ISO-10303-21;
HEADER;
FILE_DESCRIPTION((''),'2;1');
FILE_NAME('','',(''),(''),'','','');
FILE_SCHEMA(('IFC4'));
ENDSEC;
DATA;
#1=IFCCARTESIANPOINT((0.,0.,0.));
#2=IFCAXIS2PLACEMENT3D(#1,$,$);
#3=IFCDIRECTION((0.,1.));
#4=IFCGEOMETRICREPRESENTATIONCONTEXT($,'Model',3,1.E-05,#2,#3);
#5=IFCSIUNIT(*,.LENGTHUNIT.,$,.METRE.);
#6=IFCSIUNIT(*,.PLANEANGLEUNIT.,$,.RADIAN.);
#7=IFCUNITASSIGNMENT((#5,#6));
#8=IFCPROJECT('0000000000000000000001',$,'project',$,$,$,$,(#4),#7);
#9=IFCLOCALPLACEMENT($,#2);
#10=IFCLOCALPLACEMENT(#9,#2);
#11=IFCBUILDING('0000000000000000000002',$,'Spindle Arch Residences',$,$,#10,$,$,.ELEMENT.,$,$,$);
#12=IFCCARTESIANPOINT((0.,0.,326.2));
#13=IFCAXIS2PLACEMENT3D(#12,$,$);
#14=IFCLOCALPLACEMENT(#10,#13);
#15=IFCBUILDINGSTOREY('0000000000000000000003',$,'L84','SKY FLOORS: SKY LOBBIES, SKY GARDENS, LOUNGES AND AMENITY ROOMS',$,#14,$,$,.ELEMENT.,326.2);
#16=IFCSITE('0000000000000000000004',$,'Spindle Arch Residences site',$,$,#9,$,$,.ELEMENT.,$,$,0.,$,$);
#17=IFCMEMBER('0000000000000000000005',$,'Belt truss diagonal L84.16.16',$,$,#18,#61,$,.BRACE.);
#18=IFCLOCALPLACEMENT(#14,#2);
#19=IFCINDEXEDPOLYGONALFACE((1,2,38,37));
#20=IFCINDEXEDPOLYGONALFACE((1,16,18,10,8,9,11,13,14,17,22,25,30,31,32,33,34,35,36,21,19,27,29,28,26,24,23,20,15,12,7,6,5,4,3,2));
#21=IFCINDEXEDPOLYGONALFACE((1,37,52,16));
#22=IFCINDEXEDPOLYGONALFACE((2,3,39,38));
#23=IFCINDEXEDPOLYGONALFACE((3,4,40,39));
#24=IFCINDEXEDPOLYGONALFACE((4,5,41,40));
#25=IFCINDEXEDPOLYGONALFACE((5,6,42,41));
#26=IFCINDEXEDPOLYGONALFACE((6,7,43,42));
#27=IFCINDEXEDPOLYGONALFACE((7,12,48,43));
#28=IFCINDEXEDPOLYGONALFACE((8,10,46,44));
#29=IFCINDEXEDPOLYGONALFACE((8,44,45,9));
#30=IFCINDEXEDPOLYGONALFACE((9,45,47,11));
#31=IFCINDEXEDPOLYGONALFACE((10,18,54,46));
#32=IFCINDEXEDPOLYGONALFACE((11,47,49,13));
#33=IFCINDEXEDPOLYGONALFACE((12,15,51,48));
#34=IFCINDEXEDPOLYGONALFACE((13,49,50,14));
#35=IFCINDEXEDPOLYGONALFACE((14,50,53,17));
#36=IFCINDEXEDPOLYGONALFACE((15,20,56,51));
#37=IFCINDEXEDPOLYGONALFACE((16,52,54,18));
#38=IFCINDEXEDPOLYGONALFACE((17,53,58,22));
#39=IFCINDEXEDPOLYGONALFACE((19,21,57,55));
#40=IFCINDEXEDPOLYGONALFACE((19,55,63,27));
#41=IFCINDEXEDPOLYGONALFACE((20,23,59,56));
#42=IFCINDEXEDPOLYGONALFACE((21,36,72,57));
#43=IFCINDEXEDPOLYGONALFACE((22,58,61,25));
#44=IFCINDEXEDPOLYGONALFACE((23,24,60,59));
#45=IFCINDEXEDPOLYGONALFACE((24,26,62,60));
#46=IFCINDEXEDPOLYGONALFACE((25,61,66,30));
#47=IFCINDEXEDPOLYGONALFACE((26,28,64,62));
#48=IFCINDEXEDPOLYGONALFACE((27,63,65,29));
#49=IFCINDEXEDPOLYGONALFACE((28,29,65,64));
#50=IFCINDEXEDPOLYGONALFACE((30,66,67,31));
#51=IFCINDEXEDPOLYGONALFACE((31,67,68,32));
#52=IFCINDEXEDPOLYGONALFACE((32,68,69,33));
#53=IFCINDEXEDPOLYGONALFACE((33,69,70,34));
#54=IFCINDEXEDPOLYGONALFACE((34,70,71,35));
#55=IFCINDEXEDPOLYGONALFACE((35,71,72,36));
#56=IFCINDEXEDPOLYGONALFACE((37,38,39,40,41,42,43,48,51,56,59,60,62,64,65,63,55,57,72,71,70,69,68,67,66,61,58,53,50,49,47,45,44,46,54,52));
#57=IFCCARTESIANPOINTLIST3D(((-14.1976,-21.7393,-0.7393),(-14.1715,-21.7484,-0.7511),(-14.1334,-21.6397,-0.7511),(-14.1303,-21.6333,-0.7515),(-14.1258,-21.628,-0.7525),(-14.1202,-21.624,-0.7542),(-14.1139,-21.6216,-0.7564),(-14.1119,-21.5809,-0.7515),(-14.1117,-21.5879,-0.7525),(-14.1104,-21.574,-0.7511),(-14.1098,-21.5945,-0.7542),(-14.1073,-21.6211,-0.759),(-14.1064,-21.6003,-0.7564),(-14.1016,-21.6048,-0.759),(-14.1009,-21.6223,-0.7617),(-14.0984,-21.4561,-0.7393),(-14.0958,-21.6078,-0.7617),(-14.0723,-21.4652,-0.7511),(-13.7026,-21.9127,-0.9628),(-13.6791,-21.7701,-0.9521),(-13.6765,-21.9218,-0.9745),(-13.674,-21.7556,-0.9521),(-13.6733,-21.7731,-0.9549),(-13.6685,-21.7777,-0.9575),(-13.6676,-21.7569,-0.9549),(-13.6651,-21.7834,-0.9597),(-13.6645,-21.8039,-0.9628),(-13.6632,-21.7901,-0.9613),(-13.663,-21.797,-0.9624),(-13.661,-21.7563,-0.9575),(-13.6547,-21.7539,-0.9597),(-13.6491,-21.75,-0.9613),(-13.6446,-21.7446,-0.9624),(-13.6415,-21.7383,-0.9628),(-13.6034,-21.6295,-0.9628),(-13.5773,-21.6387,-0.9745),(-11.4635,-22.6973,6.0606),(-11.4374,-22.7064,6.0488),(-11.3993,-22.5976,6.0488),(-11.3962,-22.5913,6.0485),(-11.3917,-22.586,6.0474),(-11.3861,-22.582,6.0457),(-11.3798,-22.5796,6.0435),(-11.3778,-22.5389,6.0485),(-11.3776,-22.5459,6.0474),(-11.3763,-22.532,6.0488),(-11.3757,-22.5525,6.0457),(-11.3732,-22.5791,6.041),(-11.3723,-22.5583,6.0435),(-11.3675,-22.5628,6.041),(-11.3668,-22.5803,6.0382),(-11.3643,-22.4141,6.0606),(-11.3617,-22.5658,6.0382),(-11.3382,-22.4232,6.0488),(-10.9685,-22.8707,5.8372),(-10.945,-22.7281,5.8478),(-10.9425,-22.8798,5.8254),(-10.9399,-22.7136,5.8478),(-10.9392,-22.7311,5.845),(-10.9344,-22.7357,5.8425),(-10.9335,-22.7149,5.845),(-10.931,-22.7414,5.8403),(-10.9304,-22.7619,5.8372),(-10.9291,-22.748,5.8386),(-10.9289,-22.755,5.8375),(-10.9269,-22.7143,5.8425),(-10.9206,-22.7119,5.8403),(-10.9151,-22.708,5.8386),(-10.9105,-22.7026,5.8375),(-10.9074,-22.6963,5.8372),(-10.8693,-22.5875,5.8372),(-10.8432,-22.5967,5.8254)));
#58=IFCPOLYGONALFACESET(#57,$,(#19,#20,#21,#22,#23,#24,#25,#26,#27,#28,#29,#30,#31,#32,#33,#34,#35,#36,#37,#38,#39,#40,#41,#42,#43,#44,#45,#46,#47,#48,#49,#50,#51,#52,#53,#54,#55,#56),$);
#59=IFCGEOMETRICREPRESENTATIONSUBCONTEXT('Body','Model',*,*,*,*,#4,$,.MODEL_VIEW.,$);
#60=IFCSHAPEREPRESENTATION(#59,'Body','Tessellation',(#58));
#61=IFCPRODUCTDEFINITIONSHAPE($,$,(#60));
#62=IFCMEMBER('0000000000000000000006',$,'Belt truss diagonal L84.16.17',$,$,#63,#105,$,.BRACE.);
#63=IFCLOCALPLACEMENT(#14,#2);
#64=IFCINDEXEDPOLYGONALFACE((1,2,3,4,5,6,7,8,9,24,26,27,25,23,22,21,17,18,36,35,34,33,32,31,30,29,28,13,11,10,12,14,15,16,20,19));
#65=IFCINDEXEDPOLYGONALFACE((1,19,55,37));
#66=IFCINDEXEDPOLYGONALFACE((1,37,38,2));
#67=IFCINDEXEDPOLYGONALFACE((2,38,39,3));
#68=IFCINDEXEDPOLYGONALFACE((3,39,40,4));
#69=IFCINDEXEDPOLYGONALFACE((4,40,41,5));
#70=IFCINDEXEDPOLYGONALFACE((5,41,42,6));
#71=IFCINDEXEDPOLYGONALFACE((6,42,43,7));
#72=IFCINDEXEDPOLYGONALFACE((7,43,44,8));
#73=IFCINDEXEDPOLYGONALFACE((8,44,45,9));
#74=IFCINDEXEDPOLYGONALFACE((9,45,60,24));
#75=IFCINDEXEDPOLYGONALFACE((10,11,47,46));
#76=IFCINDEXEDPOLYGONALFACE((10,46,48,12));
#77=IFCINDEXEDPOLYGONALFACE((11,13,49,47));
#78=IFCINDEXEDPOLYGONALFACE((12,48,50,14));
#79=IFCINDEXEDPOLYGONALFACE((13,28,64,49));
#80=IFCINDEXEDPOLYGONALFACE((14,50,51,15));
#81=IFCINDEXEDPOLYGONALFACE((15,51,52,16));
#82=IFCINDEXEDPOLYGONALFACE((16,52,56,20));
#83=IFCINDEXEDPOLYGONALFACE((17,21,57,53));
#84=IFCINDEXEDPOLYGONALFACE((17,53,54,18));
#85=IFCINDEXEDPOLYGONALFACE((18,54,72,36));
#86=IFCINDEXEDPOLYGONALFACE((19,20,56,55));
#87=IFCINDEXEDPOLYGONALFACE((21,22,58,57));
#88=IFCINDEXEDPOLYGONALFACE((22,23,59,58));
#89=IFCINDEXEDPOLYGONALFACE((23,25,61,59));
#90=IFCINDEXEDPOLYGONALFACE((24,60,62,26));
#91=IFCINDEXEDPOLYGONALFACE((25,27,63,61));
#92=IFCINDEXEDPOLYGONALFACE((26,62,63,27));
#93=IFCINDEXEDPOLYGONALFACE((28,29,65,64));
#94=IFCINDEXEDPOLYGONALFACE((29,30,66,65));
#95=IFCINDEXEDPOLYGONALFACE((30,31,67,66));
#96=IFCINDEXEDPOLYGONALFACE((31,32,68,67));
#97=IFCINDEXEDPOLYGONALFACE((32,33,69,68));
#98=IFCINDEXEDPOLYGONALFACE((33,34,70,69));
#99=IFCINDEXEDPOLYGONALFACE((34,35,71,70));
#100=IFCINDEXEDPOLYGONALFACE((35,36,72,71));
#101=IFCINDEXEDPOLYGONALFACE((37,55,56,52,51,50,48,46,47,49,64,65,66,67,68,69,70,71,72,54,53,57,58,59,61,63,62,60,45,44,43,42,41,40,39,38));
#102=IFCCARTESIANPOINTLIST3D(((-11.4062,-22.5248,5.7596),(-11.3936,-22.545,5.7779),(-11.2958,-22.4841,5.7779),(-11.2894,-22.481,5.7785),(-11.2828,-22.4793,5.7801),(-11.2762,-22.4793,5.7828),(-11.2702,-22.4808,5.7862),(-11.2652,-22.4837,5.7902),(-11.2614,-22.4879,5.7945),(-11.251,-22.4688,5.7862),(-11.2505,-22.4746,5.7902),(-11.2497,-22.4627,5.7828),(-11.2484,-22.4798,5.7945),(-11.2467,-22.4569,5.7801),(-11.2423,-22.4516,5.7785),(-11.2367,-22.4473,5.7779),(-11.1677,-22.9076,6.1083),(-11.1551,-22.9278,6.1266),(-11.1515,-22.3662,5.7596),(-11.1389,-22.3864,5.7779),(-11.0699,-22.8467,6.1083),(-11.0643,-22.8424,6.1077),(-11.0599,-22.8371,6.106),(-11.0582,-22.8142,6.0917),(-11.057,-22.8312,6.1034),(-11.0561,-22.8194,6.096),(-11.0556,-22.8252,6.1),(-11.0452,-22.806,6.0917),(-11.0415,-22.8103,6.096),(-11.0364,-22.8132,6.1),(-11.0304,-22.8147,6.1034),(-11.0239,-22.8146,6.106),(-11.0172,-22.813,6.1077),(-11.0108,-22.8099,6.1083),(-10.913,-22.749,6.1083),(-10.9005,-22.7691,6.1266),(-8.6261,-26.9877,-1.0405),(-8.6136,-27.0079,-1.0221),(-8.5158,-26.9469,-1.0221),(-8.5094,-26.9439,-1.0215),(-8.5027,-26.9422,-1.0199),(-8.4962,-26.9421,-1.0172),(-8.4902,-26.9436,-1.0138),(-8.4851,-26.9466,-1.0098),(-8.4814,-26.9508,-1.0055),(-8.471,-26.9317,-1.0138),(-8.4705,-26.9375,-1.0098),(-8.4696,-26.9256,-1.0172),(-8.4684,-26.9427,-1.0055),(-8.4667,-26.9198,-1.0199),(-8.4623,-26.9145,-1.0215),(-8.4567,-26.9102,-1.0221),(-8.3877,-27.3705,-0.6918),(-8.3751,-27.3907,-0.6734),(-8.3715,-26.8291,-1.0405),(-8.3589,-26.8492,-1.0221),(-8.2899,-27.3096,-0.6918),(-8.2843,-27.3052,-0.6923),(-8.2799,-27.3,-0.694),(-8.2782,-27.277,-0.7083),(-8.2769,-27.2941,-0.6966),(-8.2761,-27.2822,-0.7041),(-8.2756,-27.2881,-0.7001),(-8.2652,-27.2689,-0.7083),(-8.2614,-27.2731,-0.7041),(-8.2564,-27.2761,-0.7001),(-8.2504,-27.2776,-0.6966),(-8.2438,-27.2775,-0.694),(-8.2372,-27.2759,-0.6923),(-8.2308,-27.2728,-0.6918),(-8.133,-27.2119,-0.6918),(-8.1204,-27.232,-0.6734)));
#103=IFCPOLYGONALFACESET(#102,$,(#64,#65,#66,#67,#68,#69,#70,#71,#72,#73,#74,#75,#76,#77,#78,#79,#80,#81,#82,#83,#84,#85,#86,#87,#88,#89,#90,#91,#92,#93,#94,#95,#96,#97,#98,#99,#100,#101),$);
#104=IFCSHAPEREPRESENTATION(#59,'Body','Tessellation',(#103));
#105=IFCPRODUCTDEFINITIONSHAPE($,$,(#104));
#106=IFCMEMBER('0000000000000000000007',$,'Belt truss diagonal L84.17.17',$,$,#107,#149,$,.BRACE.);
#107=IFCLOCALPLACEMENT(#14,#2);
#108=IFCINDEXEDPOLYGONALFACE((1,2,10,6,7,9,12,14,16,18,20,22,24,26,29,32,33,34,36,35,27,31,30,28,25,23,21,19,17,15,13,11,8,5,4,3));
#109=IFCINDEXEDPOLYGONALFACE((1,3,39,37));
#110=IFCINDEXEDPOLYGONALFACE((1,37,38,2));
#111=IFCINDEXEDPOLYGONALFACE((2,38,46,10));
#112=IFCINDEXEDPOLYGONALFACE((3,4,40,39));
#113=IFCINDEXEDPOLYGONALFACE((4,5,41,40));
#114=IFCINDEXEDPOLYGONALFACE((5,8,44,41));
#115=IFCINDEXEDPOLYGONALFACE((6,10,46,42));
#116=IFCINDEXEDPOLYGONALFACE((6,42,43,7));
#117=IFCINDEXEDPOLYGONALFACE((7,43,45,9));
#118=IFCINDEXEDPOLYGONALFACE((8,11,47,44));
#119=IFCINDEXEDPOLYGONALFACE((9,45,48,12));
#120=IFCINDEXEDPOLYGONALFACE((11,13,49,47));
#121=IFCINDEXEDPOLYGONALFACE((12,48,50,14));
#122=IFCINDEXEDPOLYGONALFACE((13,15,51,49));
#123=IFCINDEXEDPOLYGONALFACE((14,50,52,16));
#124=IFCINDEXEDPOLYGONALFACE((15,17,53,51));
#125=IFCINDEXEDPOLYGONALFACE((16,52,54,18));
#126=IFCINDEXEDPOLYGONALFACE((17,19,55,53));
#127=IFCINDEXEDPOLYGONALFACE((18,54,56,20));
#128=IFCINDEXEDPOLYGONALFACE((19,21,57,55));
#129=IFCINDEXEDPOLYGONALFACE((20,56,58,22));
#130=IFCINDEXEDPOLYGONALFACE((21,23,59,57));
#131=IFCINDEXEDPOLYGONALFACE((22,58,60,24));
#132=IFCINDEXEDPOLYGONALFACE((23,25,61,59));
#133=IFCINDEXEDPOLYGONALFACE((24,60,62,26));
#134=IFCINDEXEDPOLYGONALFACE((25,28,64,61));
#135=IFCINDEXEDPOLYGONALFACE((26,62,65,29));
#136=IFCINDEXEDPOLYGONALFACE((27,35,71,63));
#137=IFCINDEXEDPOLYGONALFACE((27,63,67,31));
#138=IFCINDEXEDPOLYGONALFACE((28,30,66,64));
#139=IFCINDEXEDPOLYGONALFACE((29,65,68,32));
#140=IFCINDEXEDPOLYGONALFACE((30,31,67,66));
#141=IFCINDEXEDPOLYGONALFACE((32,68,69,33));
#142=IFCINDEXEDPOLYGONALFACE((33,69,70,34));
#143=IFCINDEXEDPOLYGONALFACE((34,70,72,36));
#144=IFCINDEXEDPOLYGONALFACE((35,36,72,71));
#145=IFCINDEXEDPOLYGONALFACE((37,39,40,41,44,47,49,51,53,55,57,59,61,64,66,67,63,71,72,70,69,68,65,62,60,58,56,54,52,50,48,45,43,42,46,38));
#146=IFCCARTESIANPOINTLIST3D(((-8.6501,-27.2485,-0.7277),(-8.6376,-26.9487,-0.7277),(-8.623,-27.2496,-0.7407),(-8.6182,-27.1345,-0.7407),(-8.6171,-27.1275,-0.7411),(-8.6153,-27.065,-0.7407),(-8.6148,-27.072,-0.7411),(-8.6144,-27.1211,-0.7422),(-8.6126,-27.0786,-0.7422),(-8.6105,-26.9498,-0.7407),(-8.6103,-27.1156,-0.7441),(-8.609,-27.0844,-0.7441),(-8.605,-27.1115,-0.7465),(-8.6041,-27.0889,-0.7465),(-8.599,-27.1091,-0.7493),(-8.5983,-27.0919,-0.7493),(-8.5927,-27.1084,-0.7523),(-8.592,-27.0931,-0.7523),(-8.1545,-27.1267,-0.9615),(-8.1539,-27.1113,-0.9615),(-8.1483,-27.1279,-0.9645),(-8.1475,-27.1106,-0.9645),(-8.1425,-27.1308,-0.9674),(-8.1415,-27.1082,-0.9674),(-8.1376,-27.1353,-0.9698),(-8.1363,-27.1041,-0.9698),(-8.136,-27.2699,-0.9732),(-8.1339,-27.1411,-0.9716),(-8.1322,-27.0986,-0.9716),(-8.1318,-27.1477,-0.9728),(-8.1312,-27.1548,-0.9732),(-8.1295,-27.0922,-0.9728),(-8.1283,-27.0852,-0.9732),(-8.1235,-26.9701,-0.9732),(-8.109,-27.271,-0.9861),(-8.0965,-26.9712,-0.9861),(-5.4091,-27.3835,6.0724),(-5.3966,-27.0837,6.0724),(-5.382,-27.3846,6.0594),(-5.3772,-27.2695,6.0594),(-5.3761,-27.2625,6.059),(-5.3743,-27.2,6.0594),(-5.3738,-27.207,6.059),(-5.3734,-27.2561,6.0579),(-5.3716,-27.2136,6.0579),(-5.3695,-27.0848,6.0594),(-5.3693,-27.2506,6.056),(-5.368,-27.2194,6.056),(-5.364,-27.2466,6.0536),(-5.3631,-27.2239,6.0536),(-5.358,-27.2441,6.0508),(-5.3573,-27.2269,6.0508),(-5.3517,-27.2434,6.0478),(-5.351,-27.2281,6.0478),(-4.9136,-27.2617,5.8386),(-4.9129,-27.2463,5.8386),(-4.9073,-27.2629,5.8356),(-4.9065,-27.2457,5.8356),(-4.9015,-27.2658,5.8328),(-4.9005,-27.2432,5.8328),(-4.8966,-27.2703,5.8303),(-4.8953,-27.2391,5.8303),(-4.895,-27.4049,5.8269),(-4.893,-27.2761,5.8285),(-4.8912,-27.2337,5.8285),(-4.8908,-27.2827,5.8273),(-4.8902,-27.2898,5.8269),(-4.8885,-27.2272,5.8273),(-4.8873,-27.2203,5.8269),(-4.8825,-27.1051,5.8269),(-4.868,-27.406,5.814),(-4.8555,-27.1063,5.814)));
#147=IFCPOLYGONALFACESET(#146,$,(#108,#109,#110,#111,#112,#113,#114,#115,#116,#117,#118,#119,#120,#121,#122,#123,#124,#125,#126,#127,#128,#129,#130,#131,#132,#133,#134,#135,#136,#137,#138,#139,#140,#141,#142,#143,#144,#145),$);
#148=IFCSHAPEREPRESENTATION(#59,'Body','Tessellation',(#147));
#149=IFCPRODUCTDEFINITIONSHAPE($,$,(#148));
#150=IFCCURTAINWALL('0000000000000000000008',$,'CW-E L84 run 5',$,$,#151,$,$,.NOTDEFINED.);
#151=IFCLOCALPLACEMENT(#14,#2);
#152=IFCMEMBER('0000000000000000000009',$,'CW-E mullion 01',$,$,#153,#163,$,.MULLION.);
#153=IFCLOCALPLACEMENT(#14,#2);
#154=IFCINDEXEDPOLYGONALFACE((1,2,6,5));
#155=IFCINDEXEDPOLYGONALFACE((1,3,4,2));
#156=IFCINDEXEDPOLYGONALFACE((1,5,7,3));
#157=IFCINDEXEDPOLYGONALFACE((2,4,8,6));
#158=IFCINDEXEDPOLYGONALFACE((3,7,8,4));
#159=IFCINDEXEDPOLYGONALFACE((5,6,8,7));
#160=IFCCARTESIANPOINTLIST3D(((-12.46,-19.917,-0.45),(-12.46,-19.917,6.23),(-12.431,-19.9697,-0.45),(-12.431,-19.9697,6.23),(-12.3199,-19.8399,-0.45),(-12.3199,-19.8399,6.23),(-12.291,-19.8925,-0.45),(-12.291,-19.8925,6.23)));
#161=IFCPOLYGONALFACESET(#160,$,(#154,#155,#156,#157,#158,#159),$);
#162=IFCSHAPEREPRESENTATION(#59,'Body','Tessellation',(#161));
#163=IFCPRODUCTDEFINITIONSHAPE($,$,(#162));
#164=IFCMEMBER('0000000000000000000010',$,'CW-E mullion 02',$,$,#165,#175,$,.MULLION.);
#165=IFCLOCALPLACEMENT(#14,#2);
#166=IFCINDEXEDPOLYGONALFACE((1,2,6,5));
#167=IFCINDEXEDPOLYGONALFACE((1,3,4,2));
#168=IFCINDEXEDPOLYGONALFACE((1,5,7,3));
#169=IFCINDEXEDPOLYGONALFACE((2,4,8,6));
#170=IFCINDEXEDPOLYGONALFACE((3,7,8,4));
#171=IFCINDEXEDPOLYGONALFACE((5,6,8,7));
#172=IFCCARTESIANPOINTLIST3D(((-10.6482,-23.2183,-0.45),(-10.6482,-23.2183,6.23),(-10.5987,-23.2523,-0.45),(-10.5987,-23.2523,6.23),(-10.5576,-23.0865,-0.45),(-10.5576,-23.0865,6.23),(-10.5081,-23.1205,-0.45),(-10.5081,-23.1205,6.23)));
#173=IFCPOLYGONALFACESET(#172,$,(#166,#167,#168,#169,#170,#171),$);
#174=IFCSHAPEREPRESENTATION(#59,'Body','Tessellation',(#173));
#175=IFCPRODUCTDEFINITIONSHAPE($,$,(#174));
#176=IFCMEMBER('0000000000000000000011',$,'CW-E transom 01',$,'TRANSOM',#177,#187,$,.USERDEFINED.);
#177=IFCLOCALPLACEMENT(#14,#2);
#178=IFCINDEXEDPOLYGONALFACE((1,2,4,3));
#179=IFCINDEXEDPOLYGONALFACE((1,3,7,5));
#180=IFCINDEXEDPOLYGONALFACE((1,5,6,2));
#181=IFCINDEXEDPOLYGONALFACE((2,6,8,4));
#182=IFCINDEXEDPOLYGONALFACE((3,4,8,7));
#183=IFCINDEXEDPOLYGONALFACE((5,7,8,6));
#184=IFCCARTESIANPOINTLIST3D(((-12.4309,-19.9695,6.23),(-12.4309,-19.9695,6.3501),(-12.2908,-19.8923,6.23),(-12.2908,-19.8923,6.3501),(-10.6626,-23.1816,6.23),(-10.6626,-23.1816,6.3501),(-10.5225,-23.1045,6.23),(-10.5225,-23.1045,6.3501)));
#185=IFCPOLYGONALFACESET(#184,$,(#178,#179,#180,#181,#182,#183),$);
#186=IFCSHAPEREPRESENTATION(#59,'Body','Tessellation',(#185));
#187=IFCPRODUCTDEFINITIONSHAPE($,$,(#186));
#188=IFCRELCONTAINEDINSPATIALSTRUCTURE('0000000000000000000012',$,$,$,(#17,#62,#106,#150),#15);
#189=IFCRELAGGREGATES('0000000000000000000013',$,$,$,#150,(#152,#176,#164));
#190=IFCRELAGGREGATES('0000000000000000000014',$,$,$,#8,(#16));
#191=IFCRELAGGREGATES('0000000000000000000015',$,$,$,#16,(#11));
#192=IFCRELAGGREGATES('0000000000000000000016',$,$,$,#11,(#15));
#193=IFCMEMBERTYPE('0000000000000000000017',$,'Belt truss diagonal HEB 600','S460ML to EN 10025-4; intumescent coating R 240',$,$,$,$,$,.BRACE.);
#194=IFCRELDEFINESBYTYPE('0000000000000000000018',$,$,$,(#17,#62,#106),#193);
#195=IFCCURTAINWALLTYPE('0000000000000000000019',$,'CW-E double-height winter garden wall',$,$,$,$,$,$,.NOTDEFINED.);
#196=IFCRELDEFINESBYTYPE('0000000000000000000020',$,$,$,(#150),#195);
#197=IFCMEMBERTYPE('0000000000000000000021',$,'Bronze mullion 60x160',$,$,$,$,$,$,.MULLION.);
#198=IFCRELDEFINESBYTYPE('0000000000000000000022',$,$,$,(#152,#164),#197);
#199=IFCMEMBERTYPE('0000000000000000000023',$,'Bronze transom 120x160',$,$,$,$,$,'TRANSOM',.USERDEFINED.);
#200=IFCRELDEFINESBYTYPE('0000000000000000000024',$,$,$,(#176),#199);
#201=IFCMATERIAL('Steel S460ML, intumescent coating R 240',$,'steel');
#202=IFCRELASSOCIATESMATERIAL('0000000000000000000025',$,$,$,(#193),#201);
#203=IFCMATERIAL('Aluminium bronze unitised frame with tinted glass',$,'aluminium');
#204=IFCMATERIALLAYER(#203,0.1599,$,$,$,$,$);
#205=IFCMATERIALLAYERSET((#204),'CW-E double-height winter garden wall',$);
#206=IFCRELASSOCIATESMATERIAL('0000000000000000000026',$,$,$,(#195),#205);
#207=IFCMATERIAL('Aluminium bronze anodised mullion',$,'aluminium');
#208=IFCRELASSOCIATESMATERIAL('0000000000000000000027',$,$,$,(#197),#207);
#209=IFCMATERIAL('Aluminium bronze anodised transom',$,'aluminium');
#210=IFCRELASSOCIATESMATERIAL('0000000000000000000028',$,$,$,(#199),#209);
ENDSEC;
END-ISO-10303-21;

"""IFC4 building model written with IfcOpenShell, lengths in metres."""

from ifc_helpers import new_model, si_unit, direction, frame, origin, origin_2d, place, context, subcontext, project, spatial, rectangle, i_section, extrude, material, layer, layer_set, material_profile, profile_set, type_object, element, aggregate, save


model = new_model("IFC4")

# Units and contexts
model_context = context("Model", 3, precision=1e-05, world=origin(), true_north=direction((0.0, 1.0)))
body_context = subcontext(model_context, "Body", "Model", "MODEL_VIEW")
ifc_project = project(units=[si_unit("LENGTHUNIT", "METRE"), si_unit("PLANEANGLEUNIT", "RADIAN")], contexts=[model_context])

# Site, building, storey
site_placement = place(None, origin())
site = spatial("IfcSite", under=ifc_project, at=site_placement, Name="Spindle Arch Residences site", CompositionType="ELEMENT", RefElevation=0.0)
building_placement = place(site_placement, origin())
building = spatial("IfcBuilding", under=site, at=building_placement, Name="Spindle Arch Residences", CompositionType="ELEMENT")
storey_placement = place(building_placement, frame((0.0, 0.0, 326.2)))
storey = spatial("IfcBuildingStorey", under=building, at=storey_placement, Name="L84", Description="SKY FLOORS: SKY LOBBIES, SKY GARDENS, LOUNGES AND AMENITY ROOMS", CompositionType="ELEMENT", Elevation=326.2)

# Members
ifc_material_1 = material(Name="Steel S460ML, intumescent coating R 240", Category="steel")
ifc_material_profile_1 = material_profile(ifc_material_1, i_section(OverallWidth=0.3, OverallDepth=0.6001, WebThickness=0.0154, FlangeThickness=0.03, FilletRadius=0.0271, at=origin_2d()), Name="HEB 600")
ifc_profile_set_1 = profile_set([ifc_material_profile_1], Name="Steel S460ML, intumescent coating R 240")
member_type_1 = type_object("IfcMemberType", Name="Belt truss diagonal HEB 600", Description="S460ML to EN 10025-4; intumescent coating R 240", PredefinedType="BRACE", material=ifc_profile_set_1)
member_1_placement = place(storey_placement, frame((-13.8875, -21.689, -0.8569), z_axis=(0.369903, -0.12961, 0.919985), x_axis=(0.330677, 0.943744, 0.0)))
element("IfcMember", 1, at=member_1_placement, inside=storey, type_object=member_type_1, Name="Belt truss diagonal L84.16.16", PredefinedType="BRACE", context=body_context, shape_type="SweptSolid", body=[
    extrude(i_section(OverallWidth=0.3, OverallDepth=0.6001, WebThickness=0.0154, FlangeThickness=0.03, FilletRadius=0.0271, at=origin_2d()), origin(), (0.0, 0.0, 1.0), 7.3914),
])
member_2_placement = place(storey_placement, frame((-8.3733, -27.1099, -0.8569), z_axis=(-0.32342, 0.519198, 0.791096), x_axis=(-0.84879, -0.52873, 0.0)))
element("IfcMember", 2, at=member_2_placement, inside=storey, type_object=member_type_1, Name="Belt truss diagonal L84.16.17", PredefinedType="BRACE", context=body_context, shape_type="SweptSolid", body=[
    extrude(i_section(OverallWidth=0.3, OverallDepth=0.6001, WebThickness=0.0154, FlangeThickness=0.03, FilletRadius=0.0271, at=origin_2d()), origin(), (0.0, 0.0, 1.0), 8.5957),
])
member_3_placement = place(storey_placement, frame((-8.3733, -27.1099, -0.8569), z_axis=(0.430173, -0.01792, 0.902569), x_axis=(0.041621, 0.999133, 0.0)))
element("IfcMember", 3, at=member_3_placement, inside=storey, type_object=member_type_1, Name="Belt truss diagonal L84.17.17", PredefinedType="BRACE", context=body_context, shape_type="SweptSolid", body=[
    extrude(i_section(OverallWidth=0.3, OverallDepth=0.6001, WebThickness=0.0154, FlangeThickness=0.03, FilletRadius=0.0271, at=origin_2d()), origin(), (0.0, 0.0, 1.0), 7.5342),
])

# Curtain wall, members
ifc_material_2 = material(Name="Aluminium bronze unitised frame with tinted glass", Category="aluminium")
ifc_layer_1 = layer(ifc_material_2, 0.1599)
ifc_layer_set_1 = layer_set([ifc_layer_1], Name="CW-E double-height winter garden wall")
curtain_wall_type = type_object("IfcCurtainWallType", Name="CW-E double-height winter garden wall", PredefinedType="NOTDEFINED", material=ifc_layer_set_1)
curtain_wall_placement = place(storey_placement, origin())
curtain_wall = element("IfcCurtainWall", 4, at=curtain_wall_placement, inside=storey, type_object=curtain_wall_type, Name="CW-E L84 run 5", PredefinedType="NOTDEFINED")
ifc_material_3 = material(Name="Aluminium bronze anodised mullion", Category="aluminium")
ifc_material_profile_2 = material_profile(ifc_material_3, rectangle(XDim=0.1599, YDim=0.0601, at=origin_2d()), Name="MU 60x160")
ifc_profile_set_2 = profile_set([ifc_material_profile_2], Name="Aluminium bronze anodised mullion")
member_type_2 = type_object("IfcMemberType", Name="Bronze mullion 60x160", PredefinedType="MULLION", material=ifc_profile_set_2)
member_4_placement = place(storey_placement, frame((-12.3755, -19.9048, -0.45), z_axis=(0.0, 0.0, 1.0), x_axis=(0.876026, 0.482263, 0.0)))
member_4 = element("IfcMember", 5, at=member_4_placement, type_object=member_type_2, Name="CW-E mullion 01", PredefinedType="MULLION", context=body_context, shape_type="SweptSolid", body=[
    extrude(rectangle(XDim=0.1599, YDim=0.0601, at=origin_2d()), origin(), (0.0, 0.0, 1.0), 6.6799),
])
member_5_placement = place(storey_placement, frame((-10.5781, -23.1694, -0.45), z_axis=(0.0, 0.0, 1.0), x_axis=(0.566406, 0.824126, 0.0)))
member_5 = element("IfcMember", 6, at=member_5_placement, type_object=member_type_2, Name="CW-E mullion 02", PredefinedType="MULLION", context=body_context, shape_type="SweptSolid", body=[
    extrude(rectangle(XDim=0.1599, YDim=0.0601, at=origin_2d()), origin(), (0.0, 0.0, 1.0), 6.6799),
])
ifc_material_4 = material(Name="Aluminium bronze anodised transom", Category="aluminium")
ifc_material_profile_3 = material_profile(ifc_material_4, rectangle(XDim=0.1599, YDim=0.1201, at=origin_2d()), Name="TR 120x160")
ifc_profile_set_3 = profile_set([ifc_material_profile_3], Name="Aluminium bronze anodised transom")
member_type_3 = type_object("IfcMemberType", Name="Bronze transom 120x160", ElementType="TRANSOM", PredefinedType="USERDEFINED", material=ifc_profile_set_3)
member_6_placement = place(storey_placement, frame((-12.3608, -19.9309, 6.29), z_axis=(0.482259, -0.876029, 0.0), x_axis=(0.876029, 0.482259, 0.0)))
member_6 = element("IfcMember", 7, at=member_6_placement, type_object=member_type_3, Name="CW-E transom 01", ObjectType="TRANSOM", PredefinedType="USERDEFINED", context=body_context, shape_type="SweptSolid", body=[
    extrude(rectangle(XDim=0.1599, YDim=0.1201, at=origin_2d()), origin(), (0.0, 0.0, 1.0), 3.6667),
])
aggregate(curtain_wall, [member_4, member_6, member_5])

save(model, "model.ifc")
